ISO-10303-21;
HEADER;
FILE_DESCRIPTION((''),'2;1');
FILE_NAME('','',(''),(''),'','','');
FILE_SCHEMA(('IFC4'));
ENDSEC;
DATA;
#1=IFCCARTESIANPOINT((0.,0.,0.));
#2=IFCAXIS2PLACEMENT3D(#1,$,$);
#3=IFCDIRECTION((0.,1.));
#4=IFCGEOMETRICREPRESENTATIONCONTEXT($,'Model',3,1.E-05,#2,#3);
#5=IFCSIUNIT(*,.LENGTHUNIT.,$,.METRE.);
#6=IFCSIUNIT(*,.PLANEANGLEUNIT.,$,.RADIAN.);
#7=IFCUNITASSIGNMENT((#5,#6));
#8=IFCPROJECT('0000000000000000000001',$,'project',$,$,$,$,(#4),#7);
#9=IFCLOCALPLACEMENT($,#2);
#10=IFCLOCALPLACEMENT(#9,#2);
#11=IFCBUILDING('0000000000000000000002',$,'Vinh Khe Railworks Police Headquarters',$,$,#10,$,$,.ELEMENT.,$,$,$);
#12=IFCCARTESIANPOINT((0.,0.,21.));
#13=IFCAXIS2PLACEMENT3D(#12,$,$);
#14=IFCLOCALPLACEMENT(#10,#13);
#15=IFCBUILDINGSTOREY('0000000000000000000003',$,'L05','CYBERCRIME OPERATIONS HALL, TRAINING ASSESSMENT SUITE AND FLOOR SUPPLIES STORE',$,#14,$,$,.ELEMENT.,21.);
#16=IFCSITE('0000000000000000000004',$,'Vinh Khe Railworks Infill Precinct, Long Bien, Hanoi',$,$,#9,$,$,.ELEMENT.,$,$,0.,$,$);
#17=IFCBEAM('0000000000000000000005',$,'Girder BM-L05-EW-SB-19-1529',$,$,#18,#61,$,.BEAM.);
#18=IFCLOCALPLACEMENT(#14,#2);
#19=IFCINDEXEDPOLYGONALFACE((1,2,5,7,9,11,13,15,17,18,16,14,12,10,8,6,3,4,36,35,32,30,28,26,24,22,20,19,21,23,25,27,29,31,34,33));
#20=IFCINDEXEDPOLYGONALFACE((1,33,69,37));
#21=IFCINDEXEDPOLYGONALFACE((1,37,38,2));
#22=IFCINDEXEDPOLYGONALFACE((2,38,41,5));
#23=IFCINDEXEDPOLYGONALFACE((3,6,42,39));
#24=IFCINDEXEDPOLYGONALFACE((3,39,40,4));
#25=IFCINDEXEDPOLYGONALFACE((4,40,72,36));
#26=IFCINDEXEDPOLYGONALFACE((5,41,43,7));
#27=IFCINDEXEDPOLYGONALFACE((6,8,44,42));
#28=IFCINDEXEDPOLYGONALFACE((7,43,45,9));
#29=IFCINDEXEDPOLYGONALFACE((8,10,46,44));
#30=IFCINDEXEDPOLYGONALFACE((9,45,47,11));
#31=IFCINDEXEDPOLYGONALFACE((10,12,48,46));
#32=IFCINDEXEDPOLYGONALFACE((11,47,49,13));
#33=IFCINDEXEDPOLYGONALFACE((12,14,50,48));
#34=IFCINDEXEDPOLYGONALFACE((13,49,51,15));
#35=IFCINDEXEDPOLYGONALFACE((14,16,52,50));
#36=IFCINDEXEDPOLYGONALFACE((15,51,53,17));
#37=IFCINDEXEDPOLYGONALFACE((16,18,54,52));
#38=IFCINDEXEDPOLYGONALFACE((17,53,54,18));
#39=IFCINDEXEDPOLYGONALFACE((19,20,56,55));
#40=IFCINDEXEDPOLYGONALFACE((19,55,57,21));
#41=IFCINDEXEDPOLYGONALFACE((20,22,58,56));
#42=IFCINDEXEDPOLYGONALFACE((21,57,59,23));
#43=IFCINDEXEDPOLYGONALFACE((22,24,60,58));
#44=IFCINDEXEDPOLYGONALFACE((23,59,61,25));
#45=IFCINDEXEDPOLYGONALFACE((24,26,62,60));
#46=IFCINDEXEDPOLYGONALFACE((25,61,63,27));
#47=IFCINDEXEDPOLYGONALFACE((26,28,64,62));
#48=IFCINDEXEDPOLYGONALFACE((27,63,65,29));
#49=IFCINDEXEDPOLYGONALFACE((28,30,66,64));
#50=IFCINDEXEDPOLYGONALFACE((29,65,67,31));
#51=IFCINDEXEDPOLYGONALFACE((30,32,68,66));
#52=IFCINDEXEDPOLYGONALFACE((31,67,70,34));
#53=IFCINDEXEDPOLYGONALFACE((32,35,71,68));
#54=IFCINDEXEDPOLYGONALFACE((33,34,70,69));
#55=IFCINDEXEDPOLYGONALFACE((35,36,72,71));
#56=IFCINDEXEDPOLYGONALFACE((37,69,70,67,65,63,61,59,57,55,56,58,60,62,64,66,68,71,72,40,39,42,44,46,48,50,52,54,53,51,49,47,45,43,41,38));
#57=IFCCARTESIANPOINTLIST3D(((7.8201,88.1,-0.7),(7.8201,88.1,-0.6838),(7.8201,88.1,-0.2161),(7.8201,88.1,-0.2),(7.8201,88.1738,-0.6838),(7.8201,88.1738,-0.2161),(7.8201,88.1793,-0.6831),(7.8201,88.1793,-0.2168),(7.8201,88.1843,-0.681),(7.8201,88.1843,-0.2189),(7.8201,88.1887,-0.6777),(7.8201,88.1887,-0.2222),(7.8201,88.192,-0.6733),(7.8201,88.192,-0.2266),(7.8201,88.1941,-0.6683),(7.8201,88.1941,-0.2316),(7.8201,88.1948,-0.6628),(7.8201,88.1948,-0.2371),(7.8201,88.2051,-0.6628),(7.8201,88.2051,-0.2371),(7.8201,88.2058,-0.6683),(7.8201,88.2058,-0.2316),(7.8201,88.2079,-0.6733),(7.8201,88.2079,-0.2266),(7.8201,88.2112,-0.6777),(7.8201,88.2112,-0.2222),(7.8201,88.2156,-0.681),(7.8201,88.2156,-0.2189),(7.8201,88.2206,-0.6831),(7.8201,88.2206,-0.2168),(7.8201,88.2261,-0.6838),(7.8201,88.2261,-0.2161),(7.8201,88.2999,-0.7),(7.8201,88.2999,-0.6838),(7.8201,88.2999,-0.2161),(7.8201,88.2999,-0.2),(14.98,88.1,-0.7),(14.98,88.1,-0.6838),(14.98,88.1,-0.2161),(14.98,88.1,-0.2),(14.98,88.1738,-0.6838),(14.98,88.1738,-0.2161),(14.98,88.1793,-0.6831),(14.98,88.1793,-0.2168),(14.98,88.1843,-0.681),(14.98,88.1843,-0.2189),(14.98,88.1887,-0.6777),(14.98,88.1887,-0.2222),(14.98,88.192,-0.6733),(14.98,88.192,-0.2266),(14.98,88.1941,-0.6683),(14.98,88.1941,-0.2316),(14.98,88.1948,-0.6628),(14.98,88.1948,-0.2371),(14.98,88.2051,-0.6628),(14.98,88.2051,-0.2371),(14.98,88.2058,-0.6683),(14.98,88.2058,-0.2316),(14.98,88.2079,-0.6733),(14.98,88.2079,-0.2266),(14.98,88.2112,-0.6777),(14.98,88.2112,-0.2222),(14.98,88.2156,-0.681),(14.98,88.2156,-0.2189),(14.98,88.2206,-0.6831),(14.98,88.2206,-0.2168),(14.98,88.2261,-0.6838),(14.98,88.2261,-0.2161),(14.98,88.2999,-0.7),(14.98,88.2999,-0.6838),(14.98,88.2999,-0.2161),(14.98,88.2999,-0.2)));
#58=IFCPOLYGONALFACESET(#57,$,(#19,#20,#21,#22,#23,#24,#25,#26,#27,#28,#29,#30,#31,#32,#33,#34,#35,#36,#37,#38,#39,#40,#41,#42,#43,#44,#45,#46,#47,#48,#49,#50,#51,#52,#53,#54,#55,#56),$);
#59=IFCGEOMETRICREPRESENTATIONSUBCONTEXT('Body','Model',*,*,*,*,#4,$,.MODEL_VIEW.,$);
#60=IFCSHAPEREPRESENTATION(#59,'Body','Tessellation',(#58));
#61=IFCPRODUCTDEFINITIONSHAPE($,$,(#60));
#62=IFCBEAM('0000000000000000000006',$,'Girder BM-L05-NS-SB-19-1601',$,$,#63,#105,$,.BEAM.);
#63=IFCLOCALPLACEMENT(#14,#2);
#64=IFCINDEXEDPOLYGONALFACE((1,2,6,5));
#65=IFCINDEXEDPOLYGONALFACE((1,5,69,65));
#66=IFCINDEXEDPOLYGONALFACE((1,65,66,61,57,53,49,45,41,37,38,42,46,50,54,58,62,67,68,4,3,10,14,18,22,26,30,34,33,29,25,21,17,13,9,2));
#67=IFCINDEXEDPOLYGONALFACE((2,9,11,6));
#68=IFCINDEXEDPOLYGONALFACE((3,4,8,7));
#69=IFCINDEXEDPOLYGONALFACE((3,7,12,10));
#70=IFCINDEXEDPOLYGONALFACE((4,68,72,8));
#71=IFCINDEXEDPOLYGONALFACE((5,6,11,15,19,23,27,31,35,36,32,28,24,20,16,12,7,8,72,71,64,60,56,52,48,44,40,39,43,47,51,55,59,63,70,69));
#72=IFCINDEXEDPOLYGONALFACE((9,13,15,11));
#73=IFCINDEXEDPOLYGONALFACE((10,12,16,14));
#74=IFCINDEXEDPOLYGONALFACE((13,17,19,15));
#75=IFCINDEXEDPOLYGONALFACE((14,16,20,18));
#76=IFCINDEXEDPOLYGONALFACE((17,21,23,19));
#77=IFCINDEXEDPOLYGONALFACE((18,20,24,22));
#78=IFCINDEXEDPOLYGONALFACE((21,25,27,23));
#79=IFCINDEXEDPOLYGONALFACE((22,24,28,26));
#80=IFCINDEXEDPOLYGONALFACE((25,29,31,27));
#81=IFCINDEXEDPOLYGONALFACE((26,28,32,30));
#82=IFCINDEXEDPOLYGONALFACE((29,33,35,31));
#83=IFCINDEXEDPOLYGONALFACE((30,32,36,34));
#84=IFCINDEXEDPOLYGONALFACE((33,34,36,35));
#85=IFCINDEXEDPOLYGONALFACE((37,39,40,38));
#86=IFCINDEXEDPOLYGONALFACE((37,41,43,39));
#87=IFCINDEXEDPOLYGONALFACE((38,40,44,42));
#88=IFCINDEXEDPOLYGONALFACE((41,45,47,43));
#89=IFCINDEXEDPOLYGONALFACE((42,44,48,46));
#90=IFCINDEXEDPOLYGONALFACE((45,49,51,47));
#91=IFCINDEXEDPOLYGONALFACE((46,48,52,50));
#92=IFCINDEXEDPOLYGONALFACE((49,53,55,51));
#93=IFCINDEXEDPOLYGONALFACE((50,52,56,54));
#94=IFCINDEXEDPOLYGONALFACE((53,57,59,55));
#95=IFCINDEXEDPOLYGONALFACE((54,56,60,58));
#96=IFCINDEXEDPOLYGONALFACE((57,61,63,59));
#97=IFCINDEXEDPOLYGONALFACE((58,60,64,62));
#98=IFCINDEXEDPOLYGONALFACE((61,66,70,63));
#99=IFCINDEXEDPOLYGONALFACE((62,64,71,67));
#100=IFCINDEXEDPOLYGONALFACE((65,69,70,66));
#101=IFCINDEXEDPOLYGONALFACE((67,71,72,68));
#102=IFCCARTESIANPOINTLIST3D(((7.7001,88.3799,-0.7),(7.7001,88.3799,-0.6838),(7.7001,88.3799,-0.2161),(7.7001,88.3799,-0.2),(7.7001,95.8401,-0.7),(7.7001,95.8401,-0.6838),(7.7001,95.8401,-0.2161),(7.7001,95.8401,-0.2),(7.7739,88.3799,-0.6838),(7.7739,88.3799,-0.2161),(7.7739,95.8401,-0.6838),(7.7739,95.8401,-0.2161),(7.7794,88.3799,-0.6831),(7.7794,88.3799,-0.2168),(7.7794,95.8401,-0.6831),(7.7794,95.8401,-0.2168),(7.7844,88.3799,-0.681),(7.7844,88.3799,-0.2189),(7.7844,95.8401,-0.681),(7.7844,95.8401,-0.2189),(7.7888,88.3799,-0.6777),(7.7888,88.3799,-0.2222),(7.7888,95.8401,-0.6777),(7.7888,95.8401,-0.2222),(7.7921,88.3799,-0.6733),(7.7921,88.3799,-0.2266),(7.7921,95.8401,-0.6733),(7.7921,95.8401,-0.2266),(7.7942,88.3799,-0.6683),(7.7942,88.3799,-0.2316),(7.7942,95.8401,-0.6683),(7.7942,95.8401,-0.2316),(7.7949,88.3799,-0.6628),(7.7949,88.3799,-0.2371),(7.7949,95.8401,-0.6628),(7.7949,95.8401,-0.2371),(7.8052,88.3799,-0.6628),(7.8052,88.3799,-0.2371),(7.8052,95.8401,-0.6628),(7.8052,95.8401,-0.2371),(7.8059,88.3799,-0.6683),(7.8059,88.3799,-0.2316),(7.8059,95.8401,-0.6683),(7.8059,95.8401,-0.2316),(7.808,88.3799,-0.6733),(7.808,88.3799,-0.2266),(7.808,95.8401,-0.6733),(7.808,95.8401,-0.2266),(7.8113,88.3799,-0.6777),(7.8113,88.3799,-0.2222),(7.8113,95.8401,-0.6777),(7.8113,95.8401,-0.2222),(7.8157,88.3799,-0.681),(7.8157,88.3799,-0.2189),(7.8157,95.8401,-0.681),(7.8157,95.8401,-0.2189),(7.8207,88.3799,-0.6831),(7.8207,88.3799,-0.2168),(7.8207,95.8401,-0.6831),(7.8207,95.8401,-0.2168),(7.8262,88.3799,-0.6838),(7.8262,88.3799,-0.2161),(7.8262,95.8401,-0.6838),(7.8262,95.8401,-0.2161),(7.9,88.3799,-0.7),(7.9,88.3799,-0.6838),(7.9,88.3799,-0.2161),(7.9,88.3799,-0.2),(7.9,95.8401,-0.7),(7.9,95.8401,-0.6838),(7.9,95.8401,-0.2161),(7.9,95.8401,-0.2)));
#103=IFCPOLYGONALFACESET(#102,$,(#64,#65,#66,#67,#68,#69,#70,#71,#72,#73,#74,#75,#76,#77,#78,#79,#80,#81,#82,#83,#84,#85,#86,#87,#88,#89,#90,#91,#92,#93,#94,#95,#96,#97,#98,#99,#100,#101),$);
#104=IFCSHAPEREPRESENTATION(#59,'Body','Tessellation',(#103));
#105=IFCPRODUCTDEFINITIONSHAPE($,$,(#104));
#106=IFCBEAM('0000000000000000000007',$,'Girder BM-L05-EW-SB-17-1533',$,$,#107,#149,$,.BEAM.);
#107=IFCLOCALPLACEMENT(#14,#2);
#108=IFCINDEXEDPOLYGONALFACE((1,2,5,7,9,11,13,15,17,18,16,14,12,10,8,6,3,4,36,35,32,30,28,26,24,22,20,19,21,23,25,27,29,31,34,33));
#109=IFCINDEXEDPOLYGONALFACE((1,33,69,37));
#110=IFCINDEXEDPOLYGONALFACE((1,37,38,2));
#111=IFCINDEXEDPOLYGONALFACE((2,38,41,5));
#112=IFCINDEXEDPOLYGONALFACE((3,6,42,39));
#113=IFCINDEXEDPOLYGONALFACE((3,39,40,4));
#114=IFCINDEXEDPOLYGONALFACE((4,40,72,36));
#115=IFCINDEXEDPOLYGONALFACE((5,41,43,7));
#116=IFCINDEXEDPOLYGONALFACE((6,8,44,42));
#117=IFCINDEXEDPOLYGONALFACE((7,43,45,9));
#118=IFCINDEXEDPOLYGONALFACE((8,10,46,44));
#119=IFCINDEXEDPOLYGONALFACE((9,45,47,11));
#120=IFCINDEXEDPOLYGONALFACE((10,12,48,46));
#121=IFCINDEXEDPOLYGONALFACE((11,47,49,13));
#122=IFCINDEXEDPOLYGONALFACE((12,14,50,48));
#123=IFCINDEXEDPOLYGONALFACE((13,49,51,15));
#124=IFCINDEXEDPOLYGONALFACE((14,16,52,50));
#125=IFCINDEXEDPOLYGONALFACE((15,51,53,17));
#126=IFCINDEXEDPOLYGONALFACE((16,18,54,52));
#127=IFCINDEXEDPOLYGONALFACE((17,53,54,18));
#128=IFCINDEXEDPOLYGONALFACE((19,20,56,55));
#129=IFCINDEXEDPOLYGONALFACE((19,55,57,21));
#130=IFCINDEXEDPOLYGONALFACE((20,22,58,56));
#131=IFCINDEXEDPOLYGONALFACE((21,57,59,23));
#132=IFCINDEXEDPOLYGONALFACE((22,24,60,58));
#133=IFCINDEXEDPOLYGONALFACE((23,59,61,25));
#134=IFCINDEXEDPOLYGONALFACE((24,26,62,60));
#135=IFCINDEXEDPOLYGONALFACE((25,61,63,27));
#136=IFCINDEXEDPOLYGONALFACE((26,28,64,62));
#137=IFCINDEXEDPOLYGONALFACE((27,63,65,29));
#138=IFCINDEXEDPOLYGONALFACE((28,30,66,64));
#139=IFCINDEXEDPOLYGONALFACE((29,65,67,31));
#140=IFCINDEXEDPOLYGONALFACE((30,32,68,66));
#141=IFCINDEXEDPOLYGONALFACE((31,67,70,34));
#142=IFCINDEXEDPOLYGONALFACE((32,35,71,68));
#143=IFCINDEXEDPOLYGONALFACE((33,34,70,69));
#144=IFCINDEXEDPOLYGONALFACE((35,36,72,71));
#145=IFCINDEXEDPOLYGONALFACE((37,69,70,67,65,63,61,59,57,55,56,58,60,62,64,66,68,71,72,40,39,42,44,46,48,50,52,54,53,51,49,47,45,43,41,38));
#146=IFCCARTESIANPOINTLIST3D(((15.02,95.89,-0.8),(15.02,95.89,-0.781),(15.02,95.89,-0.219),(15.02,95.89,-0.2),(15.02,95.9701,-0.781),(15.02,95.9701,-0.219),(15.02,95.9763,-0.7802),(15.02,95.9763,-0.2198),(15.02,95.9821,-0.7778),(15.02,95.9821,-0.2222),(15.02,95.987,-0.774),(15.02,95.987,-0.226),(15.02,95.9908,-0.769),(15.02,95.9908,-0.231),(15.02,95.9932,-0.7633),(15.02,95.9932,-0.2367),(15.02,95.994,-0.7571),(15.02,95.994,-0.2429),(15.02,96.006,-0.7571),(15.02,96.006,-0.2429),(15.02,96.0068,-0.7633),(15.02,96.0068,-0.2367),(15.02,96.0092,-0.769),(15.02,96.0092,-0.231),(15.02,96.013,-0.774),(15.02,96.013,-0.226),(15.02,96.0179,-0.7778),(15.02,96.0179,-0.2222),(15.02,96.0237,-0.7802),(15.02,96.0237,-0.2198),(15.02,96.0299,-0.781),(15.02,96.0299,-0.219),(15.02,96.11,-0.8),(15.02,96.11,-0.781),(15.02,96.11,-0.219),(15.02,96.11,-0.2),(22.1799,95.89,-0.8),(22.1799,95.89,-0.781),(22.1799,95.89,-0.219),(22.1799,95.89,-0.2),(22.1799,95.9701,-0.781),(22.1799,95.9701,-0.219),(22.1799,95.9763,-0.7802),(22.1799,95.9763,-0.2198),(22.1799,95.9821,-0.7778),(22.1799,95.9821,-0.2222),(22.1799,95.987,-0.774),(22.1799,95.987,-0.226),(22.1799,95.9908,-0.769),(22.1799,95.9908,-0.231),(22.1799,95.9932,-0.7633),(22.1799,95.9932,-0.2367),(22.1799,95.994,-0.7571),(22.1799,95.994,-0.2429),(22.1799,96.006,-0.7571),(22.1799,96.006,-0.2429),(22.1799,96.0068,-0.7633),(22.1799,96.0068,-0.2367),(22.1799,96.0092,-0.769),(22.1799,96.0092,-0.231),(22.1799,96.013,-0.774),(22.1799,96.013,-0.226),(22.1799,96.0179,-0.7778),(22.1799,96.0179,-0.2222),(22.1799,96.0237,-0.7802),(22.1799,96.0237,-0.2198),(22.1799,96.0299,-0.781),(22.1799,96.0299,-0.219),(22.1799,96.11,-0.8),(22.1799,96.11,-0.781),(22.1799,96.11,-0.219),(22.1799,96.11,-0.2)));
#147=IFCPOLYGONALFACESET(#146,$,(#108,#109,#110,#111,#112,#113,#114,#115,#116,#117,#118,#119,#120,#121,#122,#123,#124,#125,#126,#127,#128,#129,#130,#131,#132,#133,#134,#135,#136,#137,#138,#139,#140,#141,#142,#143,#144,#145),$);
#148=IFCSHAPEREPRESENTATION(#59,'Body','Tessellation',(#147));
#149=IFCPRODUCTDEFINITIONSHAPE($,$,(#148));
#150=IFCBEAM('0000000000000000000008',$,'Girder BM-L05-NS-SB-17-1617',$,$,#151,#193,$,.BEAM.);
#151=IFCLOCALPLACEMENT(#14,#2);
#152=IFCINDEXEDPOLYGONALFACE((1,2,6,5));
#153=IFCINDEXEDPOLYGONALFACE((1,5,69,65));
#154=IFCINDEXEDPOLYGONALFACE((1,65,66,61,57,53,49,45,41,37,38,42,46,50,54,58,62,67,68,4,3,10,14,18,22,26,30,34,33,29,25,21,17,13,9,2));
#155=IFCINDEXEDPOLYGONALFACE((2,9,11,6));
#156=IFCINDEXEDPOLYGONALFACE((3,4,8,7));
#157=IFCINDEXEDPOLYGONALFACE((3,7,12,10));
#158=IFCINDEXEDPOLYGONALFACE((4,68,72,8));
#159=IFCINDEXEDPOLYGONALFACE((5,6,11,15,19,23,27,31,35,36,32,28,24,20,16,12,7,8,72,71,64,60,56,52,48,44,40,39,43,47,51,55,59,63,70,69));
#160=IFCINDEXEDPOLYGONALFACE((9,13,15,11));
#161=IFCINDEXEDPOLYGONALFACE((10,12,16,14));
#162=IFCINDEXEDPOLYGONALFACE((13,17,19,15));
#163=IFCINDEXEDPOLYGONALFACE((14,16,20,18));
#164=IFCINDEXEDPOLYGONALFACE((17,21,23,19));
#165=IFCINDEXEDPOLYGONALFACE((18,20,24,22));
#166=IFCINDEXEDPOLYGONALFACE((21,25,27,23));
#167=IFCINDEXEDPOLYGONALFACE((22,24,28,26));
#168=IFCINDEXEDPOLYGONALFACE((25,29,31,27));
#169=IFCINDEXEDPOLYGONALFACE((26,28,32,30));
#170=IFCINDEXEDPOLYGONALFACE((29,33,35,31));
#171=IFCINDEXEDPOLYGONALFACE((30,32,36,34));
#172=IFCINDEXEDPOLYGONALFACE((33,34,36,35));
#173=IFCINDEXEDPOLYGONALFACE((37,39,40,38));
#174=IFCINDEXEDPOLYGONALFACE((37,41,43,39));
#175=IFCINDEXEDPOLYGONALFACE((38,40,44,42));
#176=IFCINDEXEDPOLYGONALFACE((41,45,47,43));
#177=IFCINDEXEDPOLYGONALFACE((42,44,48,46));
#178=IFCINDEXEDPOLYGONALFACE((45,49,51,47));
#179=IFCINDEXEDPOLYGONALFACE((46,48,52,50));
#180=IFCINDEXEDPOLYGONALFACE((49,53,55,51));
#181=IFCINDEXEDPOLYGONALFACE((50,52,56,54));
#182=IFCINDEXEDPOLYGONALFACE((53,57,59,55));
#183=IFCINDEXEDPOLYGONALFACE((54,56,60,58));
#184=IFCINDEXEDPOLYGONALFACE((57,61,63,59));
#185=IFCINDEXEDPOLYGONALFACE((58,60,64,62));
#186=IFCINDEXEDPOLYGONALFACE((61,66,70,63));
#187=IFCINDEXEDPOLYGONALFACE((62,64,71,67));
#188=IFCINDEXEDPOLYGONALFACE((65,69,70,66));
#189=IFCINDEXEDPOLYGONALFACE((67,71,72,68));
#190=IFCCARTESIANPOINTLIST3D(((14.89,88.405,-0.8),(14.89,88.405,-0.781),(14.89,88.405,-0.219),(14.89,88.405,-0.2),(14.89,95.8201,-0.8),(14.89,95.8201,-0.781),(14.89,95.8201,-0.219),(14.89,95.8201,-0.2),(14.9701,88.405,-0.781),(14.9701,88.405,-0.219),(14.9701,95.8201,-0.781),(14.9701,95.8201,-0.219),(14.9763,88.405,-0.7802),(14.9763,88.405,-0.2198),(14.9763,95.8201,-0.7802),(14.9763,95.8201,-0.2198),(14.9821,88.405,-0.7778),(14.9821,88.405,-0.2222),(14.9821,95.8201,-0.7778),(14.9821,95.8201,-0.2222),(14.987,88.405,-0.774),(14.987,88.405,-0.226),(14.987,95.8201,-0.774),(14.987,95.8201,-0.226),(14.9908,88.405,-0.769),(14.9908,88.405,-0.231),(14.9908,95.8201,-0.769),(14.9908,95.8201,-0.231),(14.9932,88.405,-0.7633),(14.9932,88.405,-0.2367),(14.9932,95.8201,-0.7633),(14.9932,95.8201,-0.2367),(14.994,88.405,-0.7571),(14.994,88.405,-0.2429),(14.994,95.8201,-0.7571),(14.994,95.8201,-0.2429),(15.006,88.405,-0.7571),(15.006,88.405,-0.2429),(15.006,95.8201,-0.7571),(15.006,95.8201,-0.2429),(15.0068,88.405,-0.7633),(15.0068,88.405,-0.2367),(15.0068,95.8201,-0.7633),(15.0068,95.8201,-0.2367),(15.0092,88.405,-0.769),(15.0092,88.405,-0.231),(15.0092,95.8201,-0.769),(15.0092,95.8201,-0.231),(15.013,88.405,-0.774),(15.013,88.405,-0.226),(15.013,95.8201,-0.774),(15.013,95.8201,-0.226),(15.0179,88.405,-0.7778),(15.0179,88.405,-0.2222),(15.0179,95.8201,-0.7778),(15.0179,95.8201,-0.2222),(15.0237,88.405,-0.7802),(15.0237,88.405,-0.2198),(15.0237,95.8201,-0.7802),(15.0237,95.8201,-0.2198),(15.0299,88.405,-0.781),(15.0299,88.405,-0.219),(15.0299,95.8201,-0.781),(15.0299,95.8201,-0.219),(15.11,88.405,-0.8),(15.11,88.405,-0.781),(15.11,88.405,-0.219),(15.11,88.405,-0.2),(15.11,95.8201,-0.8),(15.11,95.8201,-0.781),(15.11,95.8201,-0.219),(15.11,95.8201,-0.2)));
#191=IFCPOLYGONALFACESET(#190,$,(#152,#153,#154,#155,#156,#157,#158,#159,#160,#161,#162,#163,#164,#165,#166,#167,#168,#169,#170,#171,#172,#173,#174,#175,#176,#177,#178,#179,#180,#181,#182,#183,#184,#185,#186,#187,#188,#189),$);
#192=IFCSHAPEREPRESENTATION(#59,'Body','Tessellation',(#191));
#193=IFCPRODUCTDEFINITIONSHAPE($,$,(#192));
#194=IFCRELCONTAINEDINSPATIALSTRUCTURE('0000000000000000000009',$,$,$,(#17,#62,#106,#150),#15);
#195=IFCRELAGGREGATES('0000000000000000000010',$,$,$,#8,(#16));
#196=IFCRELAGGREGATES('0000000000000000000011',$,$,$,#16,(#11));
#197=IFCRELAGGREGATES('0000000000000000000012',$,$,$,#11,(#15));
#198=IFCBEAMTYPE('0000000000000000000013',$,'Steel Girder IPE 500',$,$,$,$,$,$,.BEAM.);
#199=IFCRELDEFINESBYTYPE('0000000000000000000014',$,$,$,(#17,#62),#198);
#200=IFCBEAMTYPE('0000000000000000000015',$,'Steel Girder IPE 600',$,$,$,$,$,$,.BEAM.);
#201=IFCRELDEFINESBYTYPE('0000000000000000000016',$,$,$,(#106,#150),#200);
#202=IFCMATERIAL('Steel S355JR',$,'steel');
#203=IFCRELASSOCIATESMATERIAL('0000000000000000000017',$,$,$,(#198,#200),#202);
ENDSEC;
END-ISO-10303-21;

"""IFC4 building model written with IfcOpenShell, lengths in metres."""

from ifc_helpers import new_model, si_unit, direction, frame, origin, origin_2d, place, context, subcontext, project, spatial, i_section, extrude, material, material_profile, profile_set, type_object, element, save


model = new_model("IFC4")

# Units and contexts
model_context = context("Model", 3, precision=1e-05, world=origin(), true_north=direction((0.0, 1.0)))
body_context = subcontext(model_context, "Body", "Model", "MODEL_VIEW")
ifc_project = project(units=[si_unit("LENGTHUNIT", "METRE"), si_unit("PLANEANGLEUNIT", "RADIAN")], contexts=[model_context])

# Site, building, storey
site_placement = place(None, origin())
site = spatial("IfcSite", under=ifc_project, at=site_placement, Name="Vinh Khe Railworks Infill Precinct, Long Bien, Hanoi", CompositionType="ELEMENT", RefElevation=0.0)
building_placement = place(site_placement, origin())
building = spatial("IfcBuilding", under=site, at=building_placement, Name="Vinh Khe Railworks Police Headquarters", CompositionType="ELEMENT")
storey_placement = place(building_placement, frame((0.0, 0.0, 21.0)))
storey = spatial("IfcBuildingStorey", under=building, at=storey_placement, Name="L05", Description="CYBERCRIME OPERATIONS HALL, TRAINING ASSESSMENT SUITE AND FLOOR SUPPLIES STORE", CompositionType="ELEMENT", Elevation=21.0)

# Shared definitions
ifc_material_1 = material(Name="Steel S355JR", Category="steel")

# Beams
ifc_material_profile_1 = material_profile(ifc_material_1, i_section(OverallWidth=0.2, OverallDepth=0.5, WebThickness=0.0103, FlangeThickness=0.0161, FilletRadius=0.021, at=origin_2d()), Name="IPE 500")
ifc_profile_set_1 = profile_set([ifc_material_profile_1], Name="Steel S355JR")
beam_type_1 = type_object("IfcBeamType", Name="Steel Girder IPE 500", PredefinedType="BEAM", material=ifc_profile_set_1)
beam_1_placement = place(storey_placement, frame((7.8201, 88.2, -0.45), z_axis=(1.0, 0.0, 0.0), x_axis=(0.0, 1.0, 0.0)))
element("IfcBeam", 1, at=beam_1_placement, inside=storey, type_object=beam_type_1, Name="Girder BM-L05-EW-SB-19-1529", PredefinedType="BEAM", context=body_context, shape_type="SweptSolid", body=[
    extrude(i_section(OverallWidth=0.2, OverallDepth=0.5, WebThickness=0.0103, FlangeThickness=0.0161, FilletRadius=0.021, at=origin_2d()), origin(), (0.0, 0.0, 1.0), 7.1599),
])
beam_2_placement = place(storey_placement, frame((7.8, 88.3799, -0.45), z_axis=(0.0, 1.0, 0.0), x_axis=(-1.0, 0.0, 0.0)))
element("IfcBeam", 2, at=beam_2_placement, inside=storey, type_object=beam_type_1, Name="Girder BM-L05-NS-SB-19-1601", PredefinedType="BEAM", context=body_context, shape_type="SweptSolid", body=[
    extrude(i_section(OverallWidth=0.2, OverallDepth=0.5, WebThickness=0.0103, FlangeThickness=0.0161, FilletRadius=0.021, at=origin_2d()), origin(), (0.0, 0.0, 1.0), 7.4602),
])
ifc_material_profile_2 = material_profile(ifc_material_1, i_section(OverallWidth=0.22, OverallDepth=0.6001, WebThickness=0.012, FlangeThickness=0.019, FilletRadius=0.0239, at=origin_2d()), Name="IPE 600")
ifc_profile_set_2 = profile_set([ifc_material_profile_2], Name="Steel S355JR")
beam_type_2 = type_object("IfcBeamType", Name="Steel Girder IPE 600", PredefinedType="BEAM", material=ifc_profile_set_2)
beam_3_placement = place(storey_placement, frame((15.02, 96.0, -0.5), z_axis=(1.0, 0.0, 0.0), x_axis=(0.0, 1.0, 0.0)))
element("IfcBeam", 3, at=beam_3_placement, inside=storey, type_object=beam_type_2, Name="Girder BM-L05-EW-SB-17-1533", PredefinedType="BEAM", context=body_context, shape_type="SweptSolid", body=[
    extrude(i_section(OverallWidth=0.22, OverallDepth=0.6001, WebThickness=0.012, FlangeThickness=0.019, FilletRadius=0.0239, at=origin_2d()), origin(), (0.0, 0.0, 1.0), 7.1599),
])
beam_4_placement = place(storey_placement, frame((15.0, 88.405, -0.5), z_axis=(0.0, 1.0, 0.0), x_axis=(-1.0, 0.0, 0.0)))
element("IfcBeam", 4, at=beam_4_placement, inside=storey, type_object=beam_type_2, Name="Girder BM-L05-NS-SB-17-1617", PredefinedType="BEAM", context=body_context, shape_type="SweptSolid", body=[
    extrude(i_section(OverallWidth=0.22, OverallDepth=0.6001, WebThickness=0.012, FlangeThickness=0.019, FilletRadius=0.0239, at=origin_2d()), origin(), (0.0, 0.0, 1.0), 7.415),
])

save(model, "model.ifc")
